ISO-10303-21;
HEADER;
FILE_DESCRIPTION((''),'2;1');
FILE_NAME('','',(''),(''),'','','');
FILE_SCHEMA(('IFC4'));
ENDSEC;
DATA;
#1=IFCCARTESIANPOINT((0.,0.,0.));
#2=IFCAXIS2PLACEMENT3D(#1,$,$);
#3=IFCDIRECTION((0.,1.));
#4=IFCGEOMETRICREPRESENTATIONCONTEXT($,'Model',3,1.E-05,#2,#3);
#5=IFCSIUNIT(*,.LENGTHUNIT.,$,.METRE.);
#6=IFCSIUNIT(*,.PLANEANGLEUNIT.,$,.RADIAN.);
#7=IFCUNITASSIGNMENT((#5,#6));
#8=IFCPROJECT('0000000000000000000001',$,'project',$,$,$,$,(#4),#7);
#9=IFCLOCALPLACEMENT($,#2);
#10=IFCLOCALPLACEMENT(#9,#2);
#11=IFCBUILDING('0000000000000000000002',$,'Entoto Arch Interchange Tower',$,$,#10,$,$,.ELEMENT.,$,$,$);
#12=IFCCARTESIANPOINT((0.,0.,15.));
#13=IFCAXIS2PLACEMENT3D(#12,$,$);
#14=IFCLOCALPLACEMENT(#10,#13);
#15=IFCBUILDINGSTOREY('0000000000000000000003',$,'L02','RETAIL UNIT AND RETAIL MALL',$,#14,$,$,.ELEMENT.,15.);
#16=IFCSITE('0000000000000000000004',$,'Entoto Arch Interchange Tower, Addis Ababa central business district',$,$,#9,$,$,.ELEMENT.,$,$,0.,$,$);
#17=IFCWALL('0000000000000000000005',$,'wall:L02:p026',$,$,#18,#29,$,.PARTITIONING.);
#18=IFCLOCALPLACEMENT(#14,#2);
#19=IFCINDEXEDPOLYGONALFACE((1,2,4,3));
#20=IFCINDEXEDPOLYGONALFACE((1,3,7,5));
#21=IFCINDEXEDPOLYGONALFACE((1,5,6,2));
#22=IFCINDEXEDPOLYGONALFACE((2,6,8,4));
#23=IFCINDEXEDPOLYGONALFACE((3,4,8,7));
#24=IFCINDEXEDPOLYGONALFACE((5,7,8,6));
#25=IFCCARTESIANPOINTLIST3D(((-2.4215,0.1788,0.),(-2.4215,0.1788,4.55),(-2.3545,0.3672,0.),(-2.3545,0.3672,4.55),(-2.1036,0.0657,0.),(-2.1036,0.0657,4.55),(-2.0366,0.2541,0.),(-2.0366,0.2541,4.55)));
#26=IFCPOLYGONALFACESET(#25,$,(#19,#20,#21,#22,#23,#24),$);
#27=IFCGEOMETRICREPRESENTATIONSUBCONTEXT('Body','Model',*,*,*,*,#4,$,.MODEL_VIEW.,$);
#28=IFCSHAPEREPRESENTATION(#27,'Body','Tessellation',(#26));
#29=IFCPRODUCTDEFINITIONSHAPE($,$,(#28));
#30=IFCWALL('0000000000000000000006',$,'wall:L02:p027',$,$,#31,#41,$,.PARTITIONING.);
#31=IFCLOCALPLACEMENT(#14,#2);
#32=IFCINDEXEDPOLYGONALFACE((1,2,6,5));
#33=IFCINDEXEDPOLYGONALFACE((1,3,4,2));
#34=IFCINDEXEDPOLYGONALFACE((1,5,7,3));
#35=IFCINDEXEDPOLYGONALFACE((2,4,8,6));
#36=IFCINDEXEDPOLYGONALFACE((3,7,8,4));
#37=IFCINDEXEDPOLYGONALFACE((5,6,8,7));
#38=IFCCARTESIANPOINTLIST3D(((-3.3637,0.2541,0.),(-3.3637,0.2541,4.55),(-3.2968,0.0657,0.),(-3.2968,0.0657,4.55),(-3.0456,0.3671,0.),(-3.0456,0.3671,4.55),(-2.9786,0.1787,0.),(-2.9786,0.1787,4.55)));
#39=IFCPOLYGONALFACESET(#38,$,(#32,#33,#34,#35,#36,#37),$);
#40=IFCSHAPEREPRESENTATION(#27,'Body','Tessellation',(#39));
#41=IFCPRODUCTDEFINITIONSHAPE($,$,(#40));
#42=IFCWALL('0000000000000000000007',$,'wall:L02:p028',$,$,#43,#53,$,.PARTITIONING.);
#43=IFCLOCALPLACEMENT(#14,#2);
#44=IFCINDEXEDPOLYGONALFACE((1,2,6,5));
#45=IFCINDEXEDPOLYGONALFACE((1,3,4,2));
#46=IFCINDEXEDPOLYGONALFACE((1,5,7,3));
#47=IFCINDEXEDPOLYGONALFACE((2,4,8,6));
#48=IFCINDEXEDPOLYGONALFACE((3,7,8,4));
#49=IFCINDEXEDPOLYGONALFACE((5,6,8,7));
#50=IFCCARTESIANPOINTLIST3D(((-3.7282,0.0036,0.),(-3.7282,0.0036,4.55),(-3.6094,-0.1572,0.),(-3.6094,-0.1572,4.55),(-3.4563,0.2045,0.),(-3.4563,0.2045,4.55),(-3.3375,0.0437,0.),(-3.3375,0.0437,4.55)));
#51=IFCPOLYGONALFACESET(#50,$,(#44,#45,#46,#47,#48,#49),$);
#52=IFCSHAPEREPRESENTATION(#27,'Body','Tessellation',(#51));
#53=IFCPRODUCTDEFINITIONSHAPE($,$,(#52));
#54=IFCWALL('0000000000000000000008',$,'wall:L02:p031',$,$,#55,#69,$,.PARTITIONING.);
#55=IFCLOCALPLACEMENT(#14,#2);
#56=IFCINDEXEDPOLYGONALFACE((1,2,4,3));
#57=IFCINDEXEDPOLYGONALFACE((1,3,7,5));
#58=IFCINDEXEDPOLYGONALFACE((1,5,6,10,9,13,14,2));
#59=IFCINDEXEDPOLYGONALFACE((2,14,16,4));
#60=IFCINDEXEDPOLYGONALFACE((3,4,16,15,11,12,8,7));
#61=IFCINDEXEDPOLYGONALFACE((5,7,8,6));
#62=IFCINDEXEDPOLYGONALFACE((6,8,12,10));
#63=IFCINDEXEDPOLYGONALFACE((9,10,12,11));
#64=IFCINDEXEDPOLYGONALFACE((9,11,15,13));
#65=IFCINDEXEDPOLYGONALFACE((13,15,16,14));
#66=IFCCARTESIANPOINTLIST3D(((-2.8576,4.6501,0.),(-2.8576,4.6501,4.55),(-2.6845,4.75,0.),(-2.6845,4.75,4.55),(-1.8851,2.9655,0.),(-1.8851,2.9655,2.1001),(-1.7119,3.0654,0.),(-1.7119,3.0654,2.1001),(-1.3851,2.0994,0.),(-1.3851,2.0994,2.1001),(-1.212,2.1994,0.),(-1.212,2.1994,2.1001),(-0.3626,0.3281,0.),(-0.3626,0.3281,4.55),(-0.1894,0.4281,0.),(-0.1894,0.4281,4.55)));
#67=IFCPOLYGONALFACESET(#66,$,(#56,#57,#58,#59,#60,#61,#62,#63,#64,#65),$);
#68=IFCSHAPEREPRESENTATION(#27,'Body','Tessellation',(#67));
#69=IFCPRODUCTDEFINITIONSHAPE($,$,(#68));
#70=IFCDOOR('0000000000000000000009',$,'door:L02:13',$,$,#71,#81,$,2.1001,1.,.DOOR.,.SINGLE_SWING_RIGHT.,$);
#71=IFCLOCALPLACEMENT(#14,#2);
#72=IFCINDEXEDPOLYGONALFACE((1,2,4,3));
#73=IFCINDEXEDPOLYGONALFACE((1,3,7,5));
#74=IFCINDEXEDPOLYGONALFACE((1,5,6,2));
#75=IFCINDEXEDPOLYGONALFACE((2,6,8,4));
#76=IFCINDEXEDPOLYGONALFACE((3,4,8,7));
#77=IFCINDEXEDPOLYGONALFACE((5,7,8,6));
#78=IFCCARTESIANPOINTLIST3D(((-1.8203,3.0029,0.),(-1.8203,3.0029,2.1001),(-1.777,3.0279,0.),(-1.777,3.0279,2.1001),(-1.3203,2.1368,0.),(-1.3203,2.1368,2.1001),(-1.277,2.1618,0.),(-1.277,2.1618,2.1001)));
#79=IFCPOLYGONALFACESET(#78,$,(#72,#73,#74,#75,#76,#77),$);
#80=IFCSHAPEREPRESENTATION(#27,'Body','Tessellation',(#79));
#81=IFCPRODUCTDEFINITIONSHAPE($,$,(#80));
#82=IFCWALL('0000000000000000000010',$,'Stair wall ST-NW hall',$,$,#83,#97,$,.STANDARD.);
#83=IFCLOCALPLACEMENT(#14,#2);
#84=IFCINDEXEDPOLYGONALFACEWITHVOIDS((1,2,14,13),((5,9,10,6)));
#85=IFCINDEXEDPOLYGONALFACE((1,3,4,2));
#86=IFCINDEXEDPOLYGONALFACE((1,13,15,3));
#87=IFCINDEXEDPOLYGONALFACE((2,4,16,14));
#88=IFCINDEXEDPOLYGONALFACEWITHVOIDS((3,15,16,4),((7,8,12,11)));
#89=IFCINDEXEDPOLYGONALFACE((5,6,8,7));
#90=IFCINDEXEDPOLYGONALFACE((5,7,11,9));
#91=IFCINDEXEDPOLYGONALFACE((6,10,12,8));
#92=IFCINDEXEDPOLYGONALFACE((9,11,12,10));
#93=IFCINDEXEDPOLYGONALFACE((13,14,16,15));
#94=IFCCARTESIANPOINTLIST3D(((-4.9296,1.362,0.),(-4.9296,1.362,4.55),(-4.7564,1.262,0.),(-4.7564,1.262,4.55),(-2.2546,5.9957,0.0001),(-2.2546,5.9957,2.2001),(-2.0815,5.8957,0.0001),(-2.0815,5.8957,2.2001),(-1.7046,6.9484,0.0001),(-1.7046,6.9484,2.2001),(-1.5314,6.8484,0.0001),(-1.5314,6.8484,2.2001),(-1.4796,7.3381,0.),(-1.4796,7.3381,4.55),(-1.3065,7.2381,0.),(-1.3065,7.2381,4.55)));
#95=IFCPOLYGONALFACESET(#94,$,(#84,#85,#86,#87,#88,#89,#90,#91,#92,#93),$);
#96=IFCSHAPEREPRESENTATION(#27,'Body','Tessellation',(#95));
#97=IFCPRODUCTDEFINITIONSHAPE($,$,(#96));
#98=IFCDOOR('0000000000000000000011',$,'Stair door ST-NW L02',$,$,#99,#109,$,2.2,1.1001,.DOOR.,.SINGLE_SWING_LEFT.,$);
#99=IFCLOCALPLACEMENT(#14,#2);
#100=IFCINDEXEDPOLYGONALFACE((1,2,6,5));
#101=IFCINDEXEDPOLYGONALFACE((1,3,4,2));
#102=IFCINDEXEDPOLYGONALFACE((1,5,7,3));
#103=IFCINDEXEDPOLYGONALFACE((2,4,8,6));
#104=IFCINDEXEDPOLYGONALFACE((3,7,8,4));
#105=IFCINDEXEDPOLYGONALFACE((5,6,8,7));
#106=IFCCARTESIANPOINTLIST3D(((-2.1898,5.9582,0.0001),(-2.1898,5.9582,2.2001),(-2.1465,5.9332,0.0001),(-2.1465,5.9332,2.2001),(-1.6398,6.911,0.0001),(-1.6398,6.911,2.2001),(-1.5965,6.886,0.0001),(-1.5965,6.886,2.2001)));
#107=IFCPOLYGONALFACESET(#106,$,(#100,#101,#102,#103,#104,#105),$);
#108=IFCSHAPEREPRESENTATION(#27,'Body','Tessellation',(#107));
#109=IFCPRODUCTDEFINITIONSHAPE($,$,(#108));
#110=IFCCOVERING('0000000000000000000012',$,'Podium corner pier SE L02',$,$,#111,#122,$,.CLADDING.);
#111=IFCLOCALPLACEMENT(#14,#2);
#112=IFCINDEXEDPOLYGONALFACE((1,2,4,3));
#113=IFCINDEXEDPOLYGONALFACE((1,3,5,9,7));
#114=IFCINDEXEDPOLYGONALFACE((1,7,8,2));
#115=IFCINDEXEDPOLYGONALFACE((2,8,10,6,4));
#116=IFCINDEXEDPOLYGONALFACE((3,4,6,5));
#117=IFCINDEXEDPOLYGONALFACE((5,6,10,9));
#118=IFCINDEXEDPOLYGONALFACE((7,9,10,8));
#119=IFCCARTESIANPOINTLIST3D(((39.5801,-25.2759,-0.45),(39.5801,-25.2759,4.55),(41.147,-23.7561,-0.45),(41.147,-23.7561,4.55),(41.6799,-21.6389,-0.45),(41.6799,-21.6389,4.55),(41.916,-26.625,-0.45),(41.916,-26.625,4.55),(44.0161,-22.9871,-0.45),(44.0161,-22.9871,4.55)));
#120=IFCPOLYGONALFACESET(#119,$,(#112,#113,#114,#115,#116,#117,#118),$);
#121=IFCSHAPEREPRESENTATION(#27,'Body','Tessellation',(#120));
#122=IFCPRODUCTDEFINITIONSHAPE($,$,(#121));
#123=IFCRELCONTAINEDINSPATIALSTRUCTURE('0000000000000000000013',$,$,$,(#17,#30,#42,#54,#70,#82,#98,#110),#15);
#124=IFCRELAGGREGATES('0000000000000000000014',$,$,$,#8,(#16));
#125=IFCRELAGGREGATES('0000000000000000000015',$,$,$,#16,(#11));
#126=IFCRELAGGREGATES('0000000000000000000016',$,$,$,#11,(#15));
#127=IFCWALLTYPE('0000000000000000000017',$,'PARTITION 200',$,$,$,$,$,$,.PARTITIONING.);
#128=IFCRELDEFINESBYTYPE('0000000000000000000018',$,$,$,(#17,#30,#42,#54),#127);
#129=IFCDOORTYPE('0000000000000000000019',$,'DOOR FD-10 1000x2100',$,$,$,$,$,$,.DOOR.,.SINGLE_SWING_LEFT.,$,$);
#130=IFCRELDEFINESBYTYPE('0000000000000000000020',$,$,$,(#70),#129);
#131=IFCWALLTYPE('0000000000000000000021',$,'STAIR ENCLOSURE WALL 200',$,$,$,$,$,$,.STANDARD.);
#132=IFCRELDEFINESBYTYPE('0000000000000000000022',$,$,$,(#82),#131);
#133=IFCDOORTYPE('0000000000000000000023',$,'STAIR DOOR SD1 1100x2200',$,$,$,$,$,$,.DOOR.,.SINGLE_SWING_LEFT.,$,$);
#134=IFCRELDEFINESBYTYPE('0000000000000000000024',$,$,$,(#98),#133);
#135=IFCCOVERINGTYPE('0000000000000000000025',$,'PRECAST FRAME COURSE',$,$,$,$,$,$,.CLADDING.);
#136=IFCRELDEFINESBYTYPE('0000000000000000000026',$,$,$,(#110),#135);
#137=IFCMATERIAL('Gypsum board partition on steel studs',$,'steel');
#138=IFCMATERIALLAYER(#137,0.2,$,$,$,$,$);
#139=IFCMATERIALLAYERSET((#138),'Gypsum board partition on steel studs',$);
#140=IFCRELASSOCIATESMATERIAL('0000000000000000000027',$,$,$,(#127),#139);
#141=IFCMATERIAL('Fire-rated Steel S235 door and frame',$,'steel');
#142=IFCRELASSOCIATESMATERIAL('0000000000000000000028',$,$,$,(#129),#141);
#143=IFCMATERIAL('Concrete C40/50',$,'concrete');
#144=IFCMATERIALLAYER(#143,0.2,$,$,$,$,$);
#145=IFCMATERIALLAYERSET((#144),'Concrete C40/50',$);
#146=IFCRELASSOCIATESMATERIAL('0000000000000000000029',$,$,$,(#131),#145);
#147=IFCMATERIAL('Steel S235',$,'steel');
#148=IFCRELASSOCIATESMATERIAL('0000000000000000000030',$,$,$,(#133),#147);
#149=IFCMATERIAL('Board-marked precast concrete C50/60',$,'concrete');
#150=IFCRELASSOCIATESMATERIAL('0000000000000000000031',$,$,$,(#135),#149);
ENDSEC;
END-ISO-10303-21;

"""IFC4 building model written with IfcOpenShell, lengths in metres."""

from ifc_helpers import new_model, si_unit, direction, frame, frame_2d, origin, place, context, subcontext, project, spatial, polyline, rectangle, outline, extrude, material, layer, layer_set, type_object, element, fill, save


model = new_model("IFC4")

# Units and contexts
model_context = context("Model", 3, precision=1e-05, world=origin(), true_north=direction((0.0, 1.0)))
body_context = subcontext(model_context, "Body", "Model", "MODEL_VIEW")
ifc_project = project(units=[si_unit("LENGTHUNIT", "METRE"), si_unit("PLANEANGLEUNIT", "RADIAN")], contexts=[model_context])

# Site, building, storey
site_placement = place(None, origin())
site = spatial("IfcSite", under=ifc_project, at=site_placement, Name="Entoto Arch Interchange Tower, Addis Ababa central business district", CompositionType="ELEMENT", RefElevation=0.0)
building_placement = place(site_placement, origin())
building = spatial("IfcBuilding", under=site, at=building_placement, Name="Entoto Arch Interchange Tower", CompositionType="ELEMENT")
storey_placement = place(building_placement, frame((0.0, 0.0, 15.0)))
storey = spatial("IfcBuildingStorey", under=building, at=storey_placement, Name="L02", Description="RETAIL UNIT AND RETAIL MALL", CompositionType="ELEMENT", Elevation=15.0)

# Shared definitions
ifc_material_1 = material(Name="Gypsum board partition on steel studs", Category="steel")
ifc_layer_1 = layer(ifc_material_1, 0.2)
ifc_layer_set_1 = layer_set([ifc_layer_1], Name="Gypsum board partition on steel studs")
wall_type_1 = type_object("IfcWallType", Name="PARTITION 200", PredefinedType="PARTITIONING", material=ifc_layer_set_1)

# Walls
wall_1_placement = place(storey_placement, frame((-2.0701, 0.1599, 0.0), z_axis=(0.0, 0.0, 1.0), x_axis=(-0.942199, 0.335052, 0.0)))
element("IfcWall", 1, at=wall_1_placement, inside=storey, type_object=wall_type_1, Name="wall:L02:p026", PredefinedType="PARTITIONING", context=body_context, shape_type="SweptSolid", body=[
    extrude(rectangle(XDim=0.3374, YDim=0.2, at=frame_2d((0.1687, 0.0))), origin(), (0.0, 0.0, 1.0), 4.55),
])
wall_2_placement = place(storey_placement, frame((-3.012, 0.2729, 0.0), z_axis=(0.0, 0.0, 1.0), x_axis=(-0.942281, -0.334824, 0.0)))
element("IfcWall", 2, at=wall_2_placement, inside=storey, type_object=wall_type_1, Name="wall:L02:p027", PredefinedType="PARTITIONING", context=body_context, shape_type="SweptSolid", body=[
    extrude(rectangle(XDim=0.3376, YDim=0.2, at=frame_2d((0.1689, 0.0))), origin(), (0.0, 0.0, 1.0), 4.55),
])
wall_3_placement = place(storey_placement, frame((-3.397, 0.124, 0.0), z_axis=(0.0, 0.0, 1.0), x_axis=(-0.804311, -0.594208, 0.0)))
element("IfcWall", 3, at=wall_3_placement, inside=storey, type_object=wall_type_1, Name="wall:L02:p028", PredefinedType="PARTITIONING", context=body_context, shape_type="SweptSolid", body=[
    extrude(rectangle(XDim=0.3381, YDim=0.2, at=frame_2d((0.1689, 0.0))), origin(), (0.0, 0.0, 1.0), 4.55),
])

# Walls, openings, doors
wall_4_placement = place(storey_placement, frame((-2.771, 4.7, 0.0), z_axis=(0.0, 0.0, 1.0), x_axis=(0.499969, -0.866043, 0.0)))
wall_4 = element("IfcWall", 4, at=wall_4_placement, inside=storey, type_object=wall_type_1, Name="wall:L02:p031", PredefinedType="PARTITIONING", context=body_context, shape_type="SweptSolid", body=[
    extrude(rectangle(XDim=4.9905, YDim=0.2, at=frame_2d((2.4951, 0.0))), origin(), (0.0, 0.0, 1.0), 4.55),
])
opening_1_placement = place(wall_4_placement, frame((1.9451, 0.0, 0.0)))
opening_1 = element("IfcOpeningElement", 5, at=opening_1_placement, cuts=wall_4, PredefinedType="OPENING", context=body_context, shape_type="SweptSolid", body=[
    extrude(rectangle(XDim=1.0, YDim=2.1001, at=frame_2d((0.5, 1.05))), frame((0.0, 0.1099, 0.0), z_axis=(0.0, -1.0, 0.0), x_axis=(1.0, 0.0, 0.0)), (0.0, 0.0, 1.0), 0.22),
])
ifc_material_2 = material(Name="Fire-rated Steel S235 door and frame", Category="steel")
door_type_1 = type_object("IfcDoorType", Name="DOOR FD-10 1000x2100", OperationType="SINGLE_SWING_LEFT", PredefinedType="DOOR", material=ifc_material_2)
door_1_placement = place(opening_1_placement, origin())
door_1 = element("IfcDoor", 6, at=door_1_placement, inside=storey, type_object=door_type_1, Name="door:L02:13", OperationType="SINGLE_SWING_RIGHT", OverallHeight=2.1001, OverallWidth=1.0, PredefinedType="DOOR", context=body_context, shape_type="SweptSolid", body=[
    extrude(rectangle(XDim=1.0, YDim=2.1001, at=frame_2d((0.5, 1.05))), frame((0.0, 0.0249, 0.0), z_axis=(0.0, -1.0, 0.0), x_axis=(1.0, 0.0, 0.0)), (0.0, 0.0, 1.0), 0.05),
])
fill(opening_1, door_1)
ifc_material_3 = material(Name="Concrete C40/50", Category="concrete")
ifc_layer_2 = layer(ifc_material_3, 0.2)
ifc_layer_set_2 = layer_set([ifc_layer_2], Name="Concrete C40/50")
wall_type_2 = type_object("IfcWallType", Name="STAIR ENCLOSURE WALL 200", PredefinedType="STANDARD", material=ifc_layer_set_2)
wall_5_placement = place(storey_placement, frame((-1.3931, 7.2881, 0.0), z_axis=(0.0, 0.0, 1.0), x_axis=(-0.499963, -0.866047, 0.0)))
wall_5 = element("IfcWall", 7, at=wall_5_placement, inside=storey, type_object=wall_type_2, Name="Stair wall ST-NW hall", PredefinedType="STANDARD", context=body_context, shape_type="SweptSolid", body=[
    extrude(rectangle(XDim=6.9004, YDim=0.2, at=frame_2d((3.4502, 0.0))), origin(), (0.0, 0.0, 1.0), 4.55),
])
opening_2_placement = place(wall_5_placement, frame((0.45, 0.0, 0.0)))
opening_2 = element("IfcOpeningElement", 8, at=opening_2_placement, cuts=wall_5, PredefinedType="OPENING", context=body_context, shape_type="SweptSolid", body=[
    extrude(rectangle(XDim=1.1001, YDim=2.2, at=frame_2d((0.55, 1.1001))), frame((0.0, 0.1099, 0.0), z_axis=(0.0, -1.0, 0.0), x_axis=(1.0, 0.0, 0.0)), (0.0, 0.0, 1.0), 0.22),
])
ifc_material_4 = material(Name="Steel S235", Category="steel")
door_type_2 = type_object("IfcDoorType", Name="STAIR DOOR SD1 1100x2200", OperationType="SINGLE_SWING_LEFT", PredefinedType="DOOR", material=ifc_material_4)
door_2_placement = place(opening_2_placement, origin())
door_2 = element("IfcDoor", 9, at=door_2_placement, inside=storey, type_object=door_type_2, Name="Stair door ST-NW L02", OperationType="SINGLE_SWING_LEFT", OverallHeight=2.2, OverallWidth=1.1001, PredefinedType="DOOR", context=body_context, shape_type="SweptSolid", body=[
    extrude(rectangle(XDim=1.1001, YDim=2.2, at=frame_2d((0.55, 1.1001))), frame((0.0, 0.0249, 0.0), z_axis=(0.0, -1.0, 0.0), x_axis=(1.0, 0.0, 0.0)), (0.0, 0.0, 1.0), 0.05),
])
fill(opening_2, door_2)

# Covering
ifc_material_5 = material(Name="Board-marked precast concrete C50/60", Category="concrete")
covering_type = type_object("IfcCoveringType", Name="PRECAST FRAME COURSE", PredefinedType="CLADDING", material=ifc_material_5)
covering_placement = place(storey_placement, frame((0.0, 0.0, -0.45)))
element("IfcCovering", 10, at=covering_placement, inside=storey, type_object=covering_type, Name="Podium corner pier SE L02", PredefinedType="CLADDING", context=body_context, shape_type="SweptSolid", body=[
    extrude(outline(polyline([(41.916, -26.625), (39.5801, -25.2759), (41.147, -23.7561), (41.6799, -21.6389), (44.0161, -22.9871), (41.916, -26.625)])), origin(), (0.0, 0.0, 1.0), 5.0),
])

save(model, "model.ifc")
